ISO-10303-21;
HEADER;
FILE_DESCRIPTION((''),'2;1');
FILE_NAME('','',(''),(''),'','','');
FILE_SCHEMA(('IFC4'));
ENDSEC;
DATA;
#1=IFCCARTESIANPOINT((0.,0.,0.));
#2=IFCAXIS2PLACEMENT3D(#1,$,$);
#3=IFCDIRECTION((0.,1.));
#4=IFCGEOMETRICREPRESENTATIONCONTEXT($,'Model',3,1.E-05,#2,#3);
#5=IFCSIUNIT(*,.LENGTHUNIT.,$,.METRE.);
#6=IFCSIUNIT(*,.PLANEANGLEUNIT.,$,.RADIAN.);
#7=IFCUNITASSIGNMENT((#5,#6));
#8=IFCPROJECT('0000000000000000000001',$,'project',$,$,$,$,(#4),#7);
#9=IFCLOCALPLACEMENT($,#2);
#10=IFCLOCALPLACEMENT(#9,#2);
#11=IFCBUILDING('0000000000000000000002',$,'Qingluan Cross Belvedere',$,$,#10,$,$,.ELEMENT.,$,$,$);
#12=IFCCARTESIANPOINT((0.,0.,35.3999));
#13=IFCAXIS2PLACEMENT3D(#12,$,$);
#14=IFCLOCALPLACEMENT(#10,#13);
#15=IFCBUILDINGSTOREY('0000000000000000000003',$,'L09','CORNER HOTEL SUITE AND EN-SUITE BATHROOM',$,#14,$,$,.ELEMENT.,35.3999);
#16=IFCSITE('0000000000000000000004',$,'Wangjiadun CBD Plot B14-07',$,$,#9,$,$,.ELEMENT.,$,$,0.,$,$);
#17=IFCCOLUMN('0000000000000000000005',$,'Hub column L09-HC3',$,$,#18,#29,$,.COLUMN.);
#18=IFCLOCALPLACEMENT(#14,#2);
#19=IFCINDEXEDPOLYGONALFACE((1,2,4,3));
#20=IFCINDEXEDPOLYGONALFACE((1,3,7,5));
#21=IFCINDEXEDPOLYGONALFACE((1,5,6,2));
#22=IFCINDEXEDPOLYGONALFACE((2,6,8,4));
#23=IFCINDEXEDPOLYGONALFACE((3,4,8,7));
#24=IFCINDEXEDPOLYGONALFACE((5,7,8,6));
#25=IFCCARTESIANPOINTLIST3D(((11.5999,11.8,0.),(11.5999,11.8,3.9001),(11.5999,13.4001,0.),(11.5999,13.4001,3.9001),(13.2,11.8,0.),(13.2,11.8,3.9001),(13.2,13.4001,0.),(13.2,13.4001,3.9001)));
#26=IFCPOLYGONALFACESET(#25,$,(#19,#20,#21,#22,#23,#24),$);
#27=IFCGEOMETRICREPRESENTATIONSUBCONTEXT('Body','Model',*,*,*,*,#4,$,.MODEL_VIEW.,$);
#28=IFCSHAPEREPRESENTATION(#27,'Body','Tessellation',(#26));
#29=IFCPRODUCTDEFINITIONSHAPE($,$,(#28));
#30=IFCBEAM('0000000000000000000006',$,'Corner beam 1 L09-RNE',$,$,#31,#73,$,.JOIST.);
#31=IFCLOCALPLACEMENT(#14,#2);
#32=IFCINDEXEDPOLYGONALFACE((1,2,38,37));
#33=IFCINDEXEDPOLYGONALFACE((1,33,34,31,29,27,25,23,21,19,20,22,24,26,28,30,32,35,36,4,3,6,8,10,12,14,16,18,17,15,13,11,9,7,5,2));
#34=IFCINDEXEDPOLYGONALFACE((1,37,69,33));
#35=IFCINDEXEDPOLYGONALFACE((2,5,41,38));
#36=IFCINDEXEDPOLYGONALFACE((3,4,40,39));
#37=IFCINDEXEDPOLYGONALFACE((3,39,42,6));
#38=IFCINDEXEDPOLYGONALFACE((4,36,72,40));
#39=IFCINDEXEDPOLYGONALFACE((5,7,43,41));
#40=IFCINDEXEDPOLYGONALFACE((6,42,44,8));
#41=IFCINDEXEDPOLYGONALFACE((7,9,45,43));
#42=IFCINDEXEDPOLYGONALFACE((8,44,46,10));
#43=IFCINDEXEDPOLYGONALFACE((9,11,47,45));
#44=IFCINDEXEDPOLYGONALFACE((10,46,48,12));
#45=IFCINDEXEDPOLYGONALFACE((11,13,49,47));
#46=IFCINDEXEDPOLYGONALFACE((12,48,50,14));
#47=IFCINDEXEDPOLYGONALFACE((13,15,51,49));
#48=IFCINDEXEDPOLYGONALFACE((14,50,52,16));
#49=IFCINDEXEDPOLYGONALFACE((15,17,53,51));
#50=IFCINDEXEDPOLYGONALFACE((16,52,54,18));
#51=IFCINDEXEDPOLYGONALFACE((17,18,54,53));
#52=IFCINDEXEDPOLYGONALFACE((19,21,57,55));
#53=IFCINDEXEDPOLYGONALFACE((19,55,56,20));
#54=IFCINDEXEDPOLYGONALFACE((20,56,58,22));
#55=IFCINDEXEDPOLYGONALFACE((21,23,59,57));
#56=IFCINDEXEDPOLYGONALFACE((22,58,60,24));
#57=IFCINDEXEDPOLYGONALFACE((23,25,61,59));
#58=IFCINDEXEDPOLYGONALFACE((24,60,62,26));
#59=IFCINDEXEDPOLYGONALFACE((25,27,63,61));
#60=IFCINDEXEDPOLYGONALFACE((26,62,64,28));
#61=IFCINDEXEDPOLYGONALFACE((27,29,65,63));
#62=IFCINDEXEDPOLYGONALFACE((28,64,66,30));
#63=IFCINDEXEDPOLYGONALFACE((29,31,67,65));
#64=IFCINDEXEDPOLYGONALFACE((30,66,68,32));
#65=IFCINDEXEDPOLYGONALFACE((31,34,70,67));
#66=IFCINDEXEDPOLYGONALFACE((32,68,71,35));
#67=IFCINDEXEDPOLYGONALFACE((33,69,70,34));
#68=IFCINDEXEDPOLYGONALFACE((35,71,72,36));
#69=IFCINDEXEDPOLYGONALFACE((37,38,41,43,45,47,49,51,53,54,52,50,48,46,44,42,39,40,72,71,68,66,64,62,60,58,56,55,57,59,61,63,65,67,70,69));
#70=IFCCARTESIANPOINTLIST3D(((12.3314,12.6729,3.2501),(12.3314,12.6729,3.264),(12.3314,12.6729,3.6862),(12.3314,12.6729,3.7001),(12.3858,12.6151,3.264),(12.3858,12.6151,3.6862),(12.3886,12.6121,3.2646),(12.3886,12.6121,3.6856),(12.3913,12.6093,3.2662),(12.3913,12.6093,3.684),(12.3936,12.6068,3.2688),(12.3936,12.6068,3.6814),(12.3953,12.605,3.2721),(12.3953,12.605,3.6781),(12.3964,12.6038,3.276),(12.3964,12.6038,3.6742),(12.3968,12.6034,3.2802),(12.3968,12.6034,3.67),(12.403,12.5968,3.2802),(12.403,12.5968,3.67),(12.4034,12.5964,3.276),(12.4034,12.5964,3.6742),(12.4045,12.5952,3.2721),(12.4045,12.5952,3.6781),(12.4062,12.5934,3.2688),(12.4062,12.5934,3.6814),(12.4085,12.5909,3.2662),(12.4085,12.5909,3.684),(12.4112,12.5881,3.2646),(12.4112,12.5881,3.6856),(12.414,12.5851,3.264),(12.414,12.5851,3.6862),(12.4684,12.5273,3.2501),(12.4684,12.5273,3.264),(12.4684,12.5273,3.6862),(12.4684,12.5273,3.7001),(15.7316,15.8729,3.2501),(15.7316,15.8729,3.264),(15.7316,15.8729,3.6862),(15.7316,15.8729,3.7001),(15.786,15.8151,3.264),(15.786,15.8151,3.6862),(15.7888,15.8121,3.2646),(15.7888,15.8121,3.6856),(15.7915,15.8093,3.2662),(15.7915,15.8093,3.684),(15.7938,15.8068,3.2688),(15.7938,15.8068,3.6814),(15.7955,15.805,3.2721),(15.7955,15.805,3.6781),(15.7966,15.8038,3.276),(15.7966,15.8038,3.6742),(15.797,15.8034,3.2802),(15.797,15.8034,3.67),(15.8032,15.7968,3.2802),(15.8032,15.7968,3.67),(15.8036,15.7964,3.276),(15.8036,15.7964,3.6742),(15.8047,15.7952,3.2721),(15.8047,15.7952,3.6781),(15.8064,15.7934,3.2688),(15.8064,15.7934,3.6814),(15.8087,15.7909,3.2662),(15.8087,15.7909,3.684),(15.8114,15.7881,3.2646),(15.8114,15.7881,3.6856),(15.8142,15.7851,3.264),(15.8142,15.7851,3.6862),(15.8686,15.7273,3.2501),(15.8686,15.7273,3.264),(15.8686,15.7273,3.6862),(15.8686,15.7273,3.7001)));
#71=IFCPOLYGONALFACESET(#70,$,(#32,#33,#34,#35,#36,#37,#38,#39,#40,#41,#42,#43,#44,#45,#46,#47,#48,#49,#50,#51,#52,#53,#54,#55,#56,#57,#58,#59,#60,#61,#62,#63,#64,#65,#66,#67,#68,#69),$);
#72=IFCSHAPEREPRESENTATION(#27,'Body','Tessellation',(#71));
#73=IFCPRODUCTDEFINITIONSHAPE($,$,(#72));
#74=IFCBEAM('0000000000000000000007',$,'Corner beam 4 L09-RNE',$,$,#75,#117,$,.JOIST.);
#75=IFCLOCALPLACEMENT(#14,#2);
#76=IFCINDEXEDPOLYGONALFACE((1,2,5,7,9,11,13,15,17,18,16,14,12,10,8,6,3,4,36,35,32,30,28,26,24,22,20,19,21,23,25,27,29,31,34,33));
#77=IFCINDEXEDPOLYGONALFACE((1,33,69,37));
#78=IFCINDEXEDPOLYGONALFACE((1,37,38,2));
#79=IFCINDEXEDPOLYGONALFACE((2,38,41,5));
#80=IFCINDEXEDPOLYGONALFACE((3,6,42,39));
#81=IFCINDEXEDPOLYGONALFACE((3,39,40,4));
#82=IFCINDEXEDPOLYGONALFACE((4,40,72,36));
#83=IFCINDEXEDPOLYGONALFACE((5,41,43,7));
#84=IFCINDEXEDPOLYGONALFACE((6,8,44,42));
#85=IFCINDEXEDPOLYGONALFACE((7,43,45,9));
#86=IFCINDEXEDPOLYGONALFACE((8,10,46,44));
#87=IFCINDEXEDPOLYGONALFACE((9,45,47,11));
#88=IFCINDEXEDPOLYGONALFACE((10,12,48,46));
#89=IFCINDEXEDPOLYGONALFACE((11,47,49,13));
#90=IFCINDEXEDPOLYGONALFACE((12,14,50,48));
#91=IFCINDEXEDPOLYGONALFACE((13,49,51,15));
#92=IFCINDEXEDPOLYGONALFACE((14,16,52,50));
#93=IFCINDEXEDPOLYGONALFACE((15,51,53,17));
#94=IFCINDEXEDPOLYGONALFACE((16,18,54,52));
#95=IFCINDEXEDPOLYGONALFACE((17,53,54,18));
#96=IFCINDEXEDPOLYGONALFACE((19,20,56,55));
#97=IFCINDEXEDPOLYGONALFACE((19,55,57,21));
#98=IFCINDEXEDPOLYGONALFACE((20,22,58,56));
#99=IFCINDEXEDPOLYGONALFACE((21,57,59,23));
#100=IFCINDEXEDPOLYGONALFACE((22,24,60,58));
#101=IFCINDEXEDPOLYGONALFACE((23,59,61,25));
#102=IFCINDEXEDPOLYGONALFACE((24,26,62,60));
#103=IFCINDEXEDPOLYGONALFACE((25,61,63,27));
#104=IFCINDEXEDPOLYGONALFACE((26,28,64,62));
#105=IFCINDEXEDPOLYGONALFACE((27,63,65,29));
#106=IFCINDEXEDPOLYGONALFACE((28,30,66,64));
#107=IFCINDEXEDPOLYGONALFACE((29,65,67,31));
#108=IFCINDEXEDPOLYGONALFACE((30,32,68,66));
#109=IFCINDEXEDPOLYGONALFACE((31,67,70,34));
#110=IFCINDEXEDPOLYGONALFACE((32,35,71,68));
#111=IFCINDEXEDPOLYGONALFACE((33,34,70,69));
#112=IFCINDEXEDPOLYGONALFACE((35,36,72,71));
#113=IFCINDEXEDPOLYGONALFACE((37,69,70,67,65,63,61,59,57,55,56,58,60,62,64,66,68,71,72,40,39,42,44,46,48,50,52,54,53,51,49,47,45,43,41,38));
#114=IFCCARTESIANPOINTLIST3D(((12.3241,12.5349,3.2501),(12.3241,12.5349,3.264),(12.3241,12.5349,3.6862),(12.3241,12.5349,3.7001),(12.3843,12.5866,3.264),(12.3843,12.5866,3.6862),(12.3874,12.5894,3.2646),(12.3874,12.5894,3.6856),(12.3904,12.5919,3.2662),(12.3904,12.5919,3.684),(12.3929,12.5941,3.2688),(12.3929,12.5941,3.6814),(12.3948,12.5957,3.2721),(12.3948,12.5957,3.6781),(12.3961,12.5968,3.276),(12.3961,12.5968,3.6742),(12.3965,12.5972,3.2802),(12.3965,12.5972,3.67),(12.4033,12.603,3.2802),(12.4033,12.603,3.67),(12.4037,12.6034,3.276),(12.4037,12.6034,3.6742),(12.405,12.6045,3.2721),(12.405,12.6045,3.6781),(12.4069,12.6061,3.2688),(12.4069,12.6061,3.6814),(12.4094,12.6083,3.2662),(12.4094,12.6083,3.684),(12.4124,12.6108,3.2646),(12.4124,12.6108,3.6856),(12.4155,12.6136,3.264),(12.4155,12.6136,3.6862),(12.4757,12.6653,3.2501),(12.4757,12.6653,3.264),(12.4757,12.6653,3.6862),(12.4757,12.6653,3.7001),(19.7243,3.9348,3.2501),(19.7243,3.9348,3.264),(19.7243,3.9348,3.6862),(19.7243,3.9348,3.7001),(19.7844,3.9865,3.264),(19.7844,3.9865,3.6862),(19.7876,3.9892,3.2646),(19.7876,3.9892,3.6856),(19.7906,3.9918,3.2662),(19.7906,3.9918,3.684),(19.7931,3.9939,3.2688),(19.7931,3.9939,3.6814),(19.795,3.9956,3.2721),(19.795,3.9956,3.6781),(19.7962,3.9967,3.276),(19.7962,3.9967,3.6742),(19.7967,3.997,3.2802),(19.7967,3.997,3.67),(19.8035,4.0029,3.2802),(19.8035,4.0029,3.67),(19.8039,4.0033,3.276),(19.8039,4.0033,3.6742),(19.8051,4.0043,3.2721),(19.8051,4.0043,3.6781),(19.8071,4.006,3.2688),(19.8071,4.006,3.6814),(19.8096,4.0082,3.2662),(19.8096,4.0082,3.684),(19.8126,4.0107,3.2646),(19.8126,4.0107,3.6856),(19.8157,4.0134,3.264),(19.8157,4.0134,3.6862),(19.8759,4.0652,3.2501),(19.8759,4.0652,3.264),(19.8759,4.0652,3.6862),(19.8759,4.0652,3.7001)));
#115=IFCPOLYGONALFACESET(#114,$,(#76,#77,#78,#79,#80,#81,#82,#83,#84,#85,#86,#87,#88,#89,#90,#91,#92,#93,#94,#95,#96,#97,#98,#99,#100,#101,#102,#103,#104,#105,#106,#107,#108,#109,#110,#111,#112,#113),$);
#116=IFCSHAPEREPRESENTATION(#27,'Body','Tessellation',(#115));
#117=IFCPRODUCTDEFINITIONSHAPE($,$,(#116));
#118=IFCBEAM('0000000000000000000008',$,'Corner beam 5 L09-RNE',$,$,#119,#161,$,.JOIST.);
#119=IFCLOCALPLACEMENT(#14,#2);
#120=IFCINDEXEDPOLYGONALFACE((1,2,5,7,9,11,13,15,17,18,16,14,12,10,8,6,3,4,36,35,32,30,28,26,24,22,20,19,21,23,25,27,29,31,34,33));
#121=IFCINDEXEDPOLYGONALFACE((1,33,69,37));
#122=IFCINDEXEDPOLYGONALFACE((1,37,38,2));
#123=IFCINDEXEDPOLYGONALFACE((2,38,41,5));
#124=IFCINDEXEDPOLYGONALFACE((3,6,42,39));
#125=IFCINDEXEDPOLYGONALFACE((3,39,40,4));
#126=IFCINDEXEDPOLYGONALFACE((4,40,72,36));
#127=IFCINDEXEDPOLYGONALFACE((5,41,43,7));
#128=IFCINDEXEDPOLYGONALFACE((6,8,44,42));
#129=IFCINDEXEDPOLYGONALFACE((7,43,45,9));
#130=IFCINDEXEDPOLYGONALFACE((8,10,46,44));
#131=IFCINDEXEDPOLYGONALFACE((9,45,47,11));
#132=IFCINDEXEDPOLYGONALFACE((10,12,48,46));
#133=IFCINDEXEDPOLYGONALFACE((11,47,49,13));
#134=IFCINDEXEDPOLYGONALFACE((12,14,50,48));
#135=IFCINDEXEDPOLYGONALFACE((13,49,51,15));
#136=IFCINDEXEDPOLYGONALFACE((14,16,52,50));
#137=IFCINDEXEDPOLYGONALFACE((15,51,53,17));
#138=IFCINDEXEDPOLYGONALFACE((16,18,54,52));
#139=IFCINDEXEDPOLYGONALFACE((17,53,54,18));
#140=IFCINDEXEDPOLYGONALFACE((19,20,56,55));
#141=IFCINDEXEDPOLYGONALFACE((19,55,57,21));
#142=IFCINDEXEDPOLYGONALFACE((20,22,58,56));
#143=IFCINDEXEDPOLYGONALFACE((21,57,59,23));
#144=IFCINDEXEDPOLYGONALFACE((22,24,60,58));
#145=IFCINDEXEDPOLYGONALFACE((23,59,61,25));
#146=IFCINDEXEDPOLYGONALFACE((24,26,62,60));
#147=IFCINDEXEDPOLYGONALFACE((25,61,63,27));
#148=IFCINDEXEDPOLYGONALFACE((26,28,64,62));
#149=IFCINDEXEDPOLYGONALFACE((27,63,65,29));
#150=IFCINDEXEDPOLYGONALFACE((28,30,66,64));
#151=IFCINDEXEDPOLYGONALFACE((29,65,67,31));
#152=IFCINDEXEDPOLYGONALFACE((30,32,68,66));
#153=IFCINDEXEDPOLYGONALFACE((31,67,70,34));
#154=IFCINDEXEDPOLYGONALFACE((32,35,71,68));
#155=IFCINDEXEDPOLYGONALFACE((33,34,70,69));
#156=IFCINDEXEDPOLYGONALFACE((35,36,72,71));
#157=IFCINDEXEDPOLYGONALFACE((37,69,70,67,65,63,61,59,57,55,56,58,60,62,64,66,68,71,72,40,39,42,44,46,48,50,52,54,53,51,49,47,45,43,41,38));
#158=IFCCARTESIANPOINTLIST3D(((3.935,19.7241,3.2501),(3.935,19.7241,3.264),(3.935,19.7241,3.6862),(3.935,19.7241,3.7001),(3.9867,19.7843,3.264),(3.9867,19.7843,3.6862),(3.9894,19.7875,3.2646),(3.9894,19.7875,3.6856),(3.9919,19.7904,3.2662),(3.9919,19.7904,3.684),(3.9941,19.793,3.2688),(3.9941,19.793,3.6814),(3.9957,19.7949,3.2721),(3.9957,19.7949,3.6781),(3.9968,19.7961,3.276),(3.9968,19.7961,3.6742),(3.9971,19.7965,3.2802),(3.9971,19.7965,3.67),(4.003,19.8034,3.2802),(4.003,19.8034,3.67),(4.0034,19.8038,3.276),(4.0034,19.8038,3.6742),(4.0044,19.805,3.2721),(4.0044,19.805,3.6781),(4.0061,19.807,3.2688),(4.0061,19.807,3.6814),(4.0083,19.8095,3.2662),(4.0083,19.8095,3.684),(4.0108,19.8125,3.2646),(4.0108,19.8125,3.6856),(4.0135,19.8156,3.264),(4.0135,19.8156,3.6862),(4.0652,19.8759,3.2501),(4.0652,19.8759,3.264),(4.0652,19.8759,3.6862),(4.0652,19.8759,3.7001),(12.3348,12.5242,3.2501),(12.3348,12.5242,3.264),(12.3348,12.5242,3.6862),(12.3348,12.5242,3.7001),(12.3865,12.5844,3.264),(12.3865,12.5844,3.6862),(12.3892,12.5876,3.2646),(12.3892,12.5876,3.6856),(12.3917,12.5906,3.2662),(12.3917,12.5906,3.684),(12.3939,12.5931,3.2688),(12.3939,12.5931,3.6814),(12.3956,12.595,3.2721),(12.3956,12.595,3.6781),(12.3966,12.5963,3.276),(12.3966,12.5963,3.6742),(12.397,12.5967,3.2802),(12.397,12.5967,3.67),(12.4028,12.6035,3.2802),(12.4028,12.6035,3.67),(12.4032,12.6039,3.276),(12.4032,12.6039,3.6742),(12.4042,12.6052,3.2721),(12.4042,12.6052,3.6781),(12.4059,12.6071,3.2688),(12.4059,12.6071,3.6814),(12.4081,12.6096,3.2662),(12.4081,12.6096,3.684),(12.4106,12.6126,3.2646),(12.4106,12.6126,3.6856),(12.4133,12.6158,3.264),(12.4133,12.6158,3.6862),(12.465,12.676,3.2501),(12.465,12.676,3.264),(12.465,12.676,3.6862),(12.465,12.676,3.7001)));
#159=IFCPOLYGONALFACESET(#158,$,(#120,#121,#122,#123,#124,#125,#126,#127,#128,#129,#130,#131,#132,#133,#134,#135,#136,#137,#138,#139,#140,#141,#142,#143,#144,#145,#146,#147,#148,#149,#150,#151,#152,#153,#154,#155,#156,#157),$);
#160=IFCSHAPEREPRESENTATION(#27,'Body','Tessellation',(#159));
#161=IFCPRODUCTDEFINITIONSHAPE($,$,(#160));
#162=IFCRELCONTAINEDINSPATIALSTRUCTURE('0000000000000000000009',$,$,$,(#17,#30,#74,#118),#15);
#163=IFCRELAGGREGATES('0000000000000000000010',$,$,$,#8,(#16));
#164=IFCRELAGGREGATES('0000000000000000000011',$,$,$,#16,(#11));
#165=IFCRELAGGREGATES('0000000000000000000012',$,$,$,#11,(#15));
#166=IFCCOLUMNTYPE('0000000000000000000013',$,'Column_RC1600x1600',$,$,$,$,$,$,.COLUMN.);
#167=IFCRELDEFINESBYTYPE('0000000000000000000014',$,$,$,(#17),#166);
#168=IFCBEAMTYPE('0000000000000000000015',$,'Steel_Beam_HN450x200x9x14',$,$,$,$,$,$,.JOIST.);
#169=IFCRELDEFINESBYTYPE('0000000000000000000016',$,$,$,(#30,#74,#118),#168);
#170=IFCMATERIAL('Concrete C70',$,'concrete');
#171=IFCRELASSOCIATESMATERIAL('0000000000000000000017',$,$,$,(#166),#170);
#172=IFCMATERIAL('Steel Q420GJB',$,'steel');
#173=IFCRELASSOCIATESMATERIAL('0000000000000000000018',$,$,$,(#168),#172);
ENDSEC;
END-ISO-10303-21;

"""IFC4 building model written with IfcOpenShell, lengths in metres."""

from ifc_helpers import new_model, si_unit, direction, frame, origin, origin_2d, place, context, subcontext, project, spatial, rectangle, i_section, extrude, material, material_profile, profile_set, type_object, element, save


model = new_model("IFC4")

# Units and contexts
model_context = context("Model", 3, precision=1e-05, world=origin(), true_north=direction((0.0, 1.0)))
body_context = subcontext(model_context, "Body", "Model", "MODEL_VIEW")
ifc_project = project(units=[si_unit("LENGTHUNIT", "METRE"), si_unit("PLANEANGLEUNIT", "RADIAN")], contexts=[model_context])

# Site, building, storey
site_placement = place(None, origin())
site = spatial("IfcSite", under=ifc_project, at=site_placement, Name="Wangjiadun CBD Plot B14-07", CompositionType="ELEMENT", RefElevation=0.0)
building_placement = place(site_placement, origin())
building = spatial("IfcBuilding", under=site, at=building_placement, Name="Qingluan Cross Belvedere", CompositionType="ELEMENT")
storey_placement = place(building_placement, frame((0.0, 0.0, 35.3999)))
storey = spatial("IfcBuildingStorey", under=building, at=storey_placement, Name="L09", Description="CORNER HOTEL SUITE AND EN-SUITE BATHROOM", CompositionType="ELEMENT", Elevation=35.3999)

# Column
ifc_material_1 = material(Name="Concrete C70", Category="concrete")
ifc_material_profile_1 = material_profile(ifc_material_1, rectangle(XDim=1.6001, YDim=1.6001, at=origin_2d()), Name="RC1600x1600")
ifc_profile_set_1 = profile_set([ifc_material_profile_1], Name="Concrete C70")
column_type = type_object("IfcColumnType", Name="Column_RC1600x1600", PredefinedType="COLUMN", material=ifc_profile_set_1)
column_placement = place(storey_placement, frame((12.3999, 12.6001, 0.0), z_axis=(0.0, 0.0, 1.0), x_axis=(1.0, 0.0, 0.0)))
element("IfcColumn", 1, at=column_placement, inside=storey, type_object=column_type, Name="Hub column L09-HC3", PredefinedType="COLUMN", context=body_context, shape_type="SweptSolid", body=[
    extrude(rectangle(XDim=1.6001, YDim=1.6001, at=origin_2d()), origin(), (0.0, 0.0, 1.0), 3.9001),
])

# Beams
ifc_material_2 = material(Name="Steel Q420GJB", Category="steel")
ifc_material_profile_2 = material_profile(ifc_material_2, i_section(OverallWidth=0.2, OverallDepth=0.45, WebThickness=0.009, FlangeThickness=0.0139, FilletRadius=0.0161, at=origin_2d()), Name="HN450x200x9x14")
ifc_profile_set_2 = profile_set([ifc_material_profile_2], Name="Steel Q420GJB")
beam_type_1 = type_object("IfcBeamType", Name="Steel_Beam_HN450x200x9x14", PredefinedType="JOIST", material=ifc_profile_set_2)
beam_1_placement = place(storey_placement, frame((12.3999, 12.6001, 3.4751), z_axis=(0.72822, 0.685343, 0.0), x_axis=(-0.685343, 0.72822, 0.0)))
element("IfcBeam", 2, at=beam_1_placement, inside=storey, type_object=beam_type_1, Name="Corner beam 1 L09-RNE", PredefinedType="JOIST", context=body_context, shape_type="SweptSolid", body=[
    extrude(i_section(OverallWidth=0.2, OverallDepth=0.45, WebThickness=0.009, FlangeThickness=0.0139, FilletRadius=0.0161, at=origin_2d()), origin(), (0.0, 0.0, 1.0), 4.6692),
])
beam_2_placement = place(storey_placement, frame((12.3999, 12.6001, 3.4751), z_axis=(0.652245, -0.758008, 0.0), x_axis=(0.758008, 0.652245, 0.0)))
element("IfcBeam", 3, at=beam_2_placement, inside=storey, type_object=beam_type_1, Name="Corner beam 4 L09-RNE", PredefinedType="JOIST", context=body_context, shape_type="SweptSolid", body=[
    extrude(i_section(OverallWidth=0.2, OverallDepth=0.45, WebThickness=0.009, FlangeThickness=0.0139, FilletRadius=0.0161, at=origin_2d()), origin(), (0.0, 0.0, 1.0), 11.3457),
])
beam_3_placement = place(storey_placement, frame((12.3999, 12.6001, 3.4751), z_axis=(-0.759255, 0.650793, 0.0), x_axis=(-0.650793, -0.759255, 0.0)))
element("IfcBeam", 4, at=beam_3_placement, inside=storey, type_object=beam_type_1, Name="Corner beam 5 L09-RNE", PredefinedType="JOIST", context=body_context, shape_type="SweptSolid", body=[
    extrude(i_section(OverallWidth=0.2, OverallDepth=0.45, WebThickness=0.009, FlangeThickness=0.0139, FilletRadius=0.0161, at=origin_2d()), origin(), (0.0, 0.0, 1.0), 11.0632),
])

save(model, "model.ifc")
